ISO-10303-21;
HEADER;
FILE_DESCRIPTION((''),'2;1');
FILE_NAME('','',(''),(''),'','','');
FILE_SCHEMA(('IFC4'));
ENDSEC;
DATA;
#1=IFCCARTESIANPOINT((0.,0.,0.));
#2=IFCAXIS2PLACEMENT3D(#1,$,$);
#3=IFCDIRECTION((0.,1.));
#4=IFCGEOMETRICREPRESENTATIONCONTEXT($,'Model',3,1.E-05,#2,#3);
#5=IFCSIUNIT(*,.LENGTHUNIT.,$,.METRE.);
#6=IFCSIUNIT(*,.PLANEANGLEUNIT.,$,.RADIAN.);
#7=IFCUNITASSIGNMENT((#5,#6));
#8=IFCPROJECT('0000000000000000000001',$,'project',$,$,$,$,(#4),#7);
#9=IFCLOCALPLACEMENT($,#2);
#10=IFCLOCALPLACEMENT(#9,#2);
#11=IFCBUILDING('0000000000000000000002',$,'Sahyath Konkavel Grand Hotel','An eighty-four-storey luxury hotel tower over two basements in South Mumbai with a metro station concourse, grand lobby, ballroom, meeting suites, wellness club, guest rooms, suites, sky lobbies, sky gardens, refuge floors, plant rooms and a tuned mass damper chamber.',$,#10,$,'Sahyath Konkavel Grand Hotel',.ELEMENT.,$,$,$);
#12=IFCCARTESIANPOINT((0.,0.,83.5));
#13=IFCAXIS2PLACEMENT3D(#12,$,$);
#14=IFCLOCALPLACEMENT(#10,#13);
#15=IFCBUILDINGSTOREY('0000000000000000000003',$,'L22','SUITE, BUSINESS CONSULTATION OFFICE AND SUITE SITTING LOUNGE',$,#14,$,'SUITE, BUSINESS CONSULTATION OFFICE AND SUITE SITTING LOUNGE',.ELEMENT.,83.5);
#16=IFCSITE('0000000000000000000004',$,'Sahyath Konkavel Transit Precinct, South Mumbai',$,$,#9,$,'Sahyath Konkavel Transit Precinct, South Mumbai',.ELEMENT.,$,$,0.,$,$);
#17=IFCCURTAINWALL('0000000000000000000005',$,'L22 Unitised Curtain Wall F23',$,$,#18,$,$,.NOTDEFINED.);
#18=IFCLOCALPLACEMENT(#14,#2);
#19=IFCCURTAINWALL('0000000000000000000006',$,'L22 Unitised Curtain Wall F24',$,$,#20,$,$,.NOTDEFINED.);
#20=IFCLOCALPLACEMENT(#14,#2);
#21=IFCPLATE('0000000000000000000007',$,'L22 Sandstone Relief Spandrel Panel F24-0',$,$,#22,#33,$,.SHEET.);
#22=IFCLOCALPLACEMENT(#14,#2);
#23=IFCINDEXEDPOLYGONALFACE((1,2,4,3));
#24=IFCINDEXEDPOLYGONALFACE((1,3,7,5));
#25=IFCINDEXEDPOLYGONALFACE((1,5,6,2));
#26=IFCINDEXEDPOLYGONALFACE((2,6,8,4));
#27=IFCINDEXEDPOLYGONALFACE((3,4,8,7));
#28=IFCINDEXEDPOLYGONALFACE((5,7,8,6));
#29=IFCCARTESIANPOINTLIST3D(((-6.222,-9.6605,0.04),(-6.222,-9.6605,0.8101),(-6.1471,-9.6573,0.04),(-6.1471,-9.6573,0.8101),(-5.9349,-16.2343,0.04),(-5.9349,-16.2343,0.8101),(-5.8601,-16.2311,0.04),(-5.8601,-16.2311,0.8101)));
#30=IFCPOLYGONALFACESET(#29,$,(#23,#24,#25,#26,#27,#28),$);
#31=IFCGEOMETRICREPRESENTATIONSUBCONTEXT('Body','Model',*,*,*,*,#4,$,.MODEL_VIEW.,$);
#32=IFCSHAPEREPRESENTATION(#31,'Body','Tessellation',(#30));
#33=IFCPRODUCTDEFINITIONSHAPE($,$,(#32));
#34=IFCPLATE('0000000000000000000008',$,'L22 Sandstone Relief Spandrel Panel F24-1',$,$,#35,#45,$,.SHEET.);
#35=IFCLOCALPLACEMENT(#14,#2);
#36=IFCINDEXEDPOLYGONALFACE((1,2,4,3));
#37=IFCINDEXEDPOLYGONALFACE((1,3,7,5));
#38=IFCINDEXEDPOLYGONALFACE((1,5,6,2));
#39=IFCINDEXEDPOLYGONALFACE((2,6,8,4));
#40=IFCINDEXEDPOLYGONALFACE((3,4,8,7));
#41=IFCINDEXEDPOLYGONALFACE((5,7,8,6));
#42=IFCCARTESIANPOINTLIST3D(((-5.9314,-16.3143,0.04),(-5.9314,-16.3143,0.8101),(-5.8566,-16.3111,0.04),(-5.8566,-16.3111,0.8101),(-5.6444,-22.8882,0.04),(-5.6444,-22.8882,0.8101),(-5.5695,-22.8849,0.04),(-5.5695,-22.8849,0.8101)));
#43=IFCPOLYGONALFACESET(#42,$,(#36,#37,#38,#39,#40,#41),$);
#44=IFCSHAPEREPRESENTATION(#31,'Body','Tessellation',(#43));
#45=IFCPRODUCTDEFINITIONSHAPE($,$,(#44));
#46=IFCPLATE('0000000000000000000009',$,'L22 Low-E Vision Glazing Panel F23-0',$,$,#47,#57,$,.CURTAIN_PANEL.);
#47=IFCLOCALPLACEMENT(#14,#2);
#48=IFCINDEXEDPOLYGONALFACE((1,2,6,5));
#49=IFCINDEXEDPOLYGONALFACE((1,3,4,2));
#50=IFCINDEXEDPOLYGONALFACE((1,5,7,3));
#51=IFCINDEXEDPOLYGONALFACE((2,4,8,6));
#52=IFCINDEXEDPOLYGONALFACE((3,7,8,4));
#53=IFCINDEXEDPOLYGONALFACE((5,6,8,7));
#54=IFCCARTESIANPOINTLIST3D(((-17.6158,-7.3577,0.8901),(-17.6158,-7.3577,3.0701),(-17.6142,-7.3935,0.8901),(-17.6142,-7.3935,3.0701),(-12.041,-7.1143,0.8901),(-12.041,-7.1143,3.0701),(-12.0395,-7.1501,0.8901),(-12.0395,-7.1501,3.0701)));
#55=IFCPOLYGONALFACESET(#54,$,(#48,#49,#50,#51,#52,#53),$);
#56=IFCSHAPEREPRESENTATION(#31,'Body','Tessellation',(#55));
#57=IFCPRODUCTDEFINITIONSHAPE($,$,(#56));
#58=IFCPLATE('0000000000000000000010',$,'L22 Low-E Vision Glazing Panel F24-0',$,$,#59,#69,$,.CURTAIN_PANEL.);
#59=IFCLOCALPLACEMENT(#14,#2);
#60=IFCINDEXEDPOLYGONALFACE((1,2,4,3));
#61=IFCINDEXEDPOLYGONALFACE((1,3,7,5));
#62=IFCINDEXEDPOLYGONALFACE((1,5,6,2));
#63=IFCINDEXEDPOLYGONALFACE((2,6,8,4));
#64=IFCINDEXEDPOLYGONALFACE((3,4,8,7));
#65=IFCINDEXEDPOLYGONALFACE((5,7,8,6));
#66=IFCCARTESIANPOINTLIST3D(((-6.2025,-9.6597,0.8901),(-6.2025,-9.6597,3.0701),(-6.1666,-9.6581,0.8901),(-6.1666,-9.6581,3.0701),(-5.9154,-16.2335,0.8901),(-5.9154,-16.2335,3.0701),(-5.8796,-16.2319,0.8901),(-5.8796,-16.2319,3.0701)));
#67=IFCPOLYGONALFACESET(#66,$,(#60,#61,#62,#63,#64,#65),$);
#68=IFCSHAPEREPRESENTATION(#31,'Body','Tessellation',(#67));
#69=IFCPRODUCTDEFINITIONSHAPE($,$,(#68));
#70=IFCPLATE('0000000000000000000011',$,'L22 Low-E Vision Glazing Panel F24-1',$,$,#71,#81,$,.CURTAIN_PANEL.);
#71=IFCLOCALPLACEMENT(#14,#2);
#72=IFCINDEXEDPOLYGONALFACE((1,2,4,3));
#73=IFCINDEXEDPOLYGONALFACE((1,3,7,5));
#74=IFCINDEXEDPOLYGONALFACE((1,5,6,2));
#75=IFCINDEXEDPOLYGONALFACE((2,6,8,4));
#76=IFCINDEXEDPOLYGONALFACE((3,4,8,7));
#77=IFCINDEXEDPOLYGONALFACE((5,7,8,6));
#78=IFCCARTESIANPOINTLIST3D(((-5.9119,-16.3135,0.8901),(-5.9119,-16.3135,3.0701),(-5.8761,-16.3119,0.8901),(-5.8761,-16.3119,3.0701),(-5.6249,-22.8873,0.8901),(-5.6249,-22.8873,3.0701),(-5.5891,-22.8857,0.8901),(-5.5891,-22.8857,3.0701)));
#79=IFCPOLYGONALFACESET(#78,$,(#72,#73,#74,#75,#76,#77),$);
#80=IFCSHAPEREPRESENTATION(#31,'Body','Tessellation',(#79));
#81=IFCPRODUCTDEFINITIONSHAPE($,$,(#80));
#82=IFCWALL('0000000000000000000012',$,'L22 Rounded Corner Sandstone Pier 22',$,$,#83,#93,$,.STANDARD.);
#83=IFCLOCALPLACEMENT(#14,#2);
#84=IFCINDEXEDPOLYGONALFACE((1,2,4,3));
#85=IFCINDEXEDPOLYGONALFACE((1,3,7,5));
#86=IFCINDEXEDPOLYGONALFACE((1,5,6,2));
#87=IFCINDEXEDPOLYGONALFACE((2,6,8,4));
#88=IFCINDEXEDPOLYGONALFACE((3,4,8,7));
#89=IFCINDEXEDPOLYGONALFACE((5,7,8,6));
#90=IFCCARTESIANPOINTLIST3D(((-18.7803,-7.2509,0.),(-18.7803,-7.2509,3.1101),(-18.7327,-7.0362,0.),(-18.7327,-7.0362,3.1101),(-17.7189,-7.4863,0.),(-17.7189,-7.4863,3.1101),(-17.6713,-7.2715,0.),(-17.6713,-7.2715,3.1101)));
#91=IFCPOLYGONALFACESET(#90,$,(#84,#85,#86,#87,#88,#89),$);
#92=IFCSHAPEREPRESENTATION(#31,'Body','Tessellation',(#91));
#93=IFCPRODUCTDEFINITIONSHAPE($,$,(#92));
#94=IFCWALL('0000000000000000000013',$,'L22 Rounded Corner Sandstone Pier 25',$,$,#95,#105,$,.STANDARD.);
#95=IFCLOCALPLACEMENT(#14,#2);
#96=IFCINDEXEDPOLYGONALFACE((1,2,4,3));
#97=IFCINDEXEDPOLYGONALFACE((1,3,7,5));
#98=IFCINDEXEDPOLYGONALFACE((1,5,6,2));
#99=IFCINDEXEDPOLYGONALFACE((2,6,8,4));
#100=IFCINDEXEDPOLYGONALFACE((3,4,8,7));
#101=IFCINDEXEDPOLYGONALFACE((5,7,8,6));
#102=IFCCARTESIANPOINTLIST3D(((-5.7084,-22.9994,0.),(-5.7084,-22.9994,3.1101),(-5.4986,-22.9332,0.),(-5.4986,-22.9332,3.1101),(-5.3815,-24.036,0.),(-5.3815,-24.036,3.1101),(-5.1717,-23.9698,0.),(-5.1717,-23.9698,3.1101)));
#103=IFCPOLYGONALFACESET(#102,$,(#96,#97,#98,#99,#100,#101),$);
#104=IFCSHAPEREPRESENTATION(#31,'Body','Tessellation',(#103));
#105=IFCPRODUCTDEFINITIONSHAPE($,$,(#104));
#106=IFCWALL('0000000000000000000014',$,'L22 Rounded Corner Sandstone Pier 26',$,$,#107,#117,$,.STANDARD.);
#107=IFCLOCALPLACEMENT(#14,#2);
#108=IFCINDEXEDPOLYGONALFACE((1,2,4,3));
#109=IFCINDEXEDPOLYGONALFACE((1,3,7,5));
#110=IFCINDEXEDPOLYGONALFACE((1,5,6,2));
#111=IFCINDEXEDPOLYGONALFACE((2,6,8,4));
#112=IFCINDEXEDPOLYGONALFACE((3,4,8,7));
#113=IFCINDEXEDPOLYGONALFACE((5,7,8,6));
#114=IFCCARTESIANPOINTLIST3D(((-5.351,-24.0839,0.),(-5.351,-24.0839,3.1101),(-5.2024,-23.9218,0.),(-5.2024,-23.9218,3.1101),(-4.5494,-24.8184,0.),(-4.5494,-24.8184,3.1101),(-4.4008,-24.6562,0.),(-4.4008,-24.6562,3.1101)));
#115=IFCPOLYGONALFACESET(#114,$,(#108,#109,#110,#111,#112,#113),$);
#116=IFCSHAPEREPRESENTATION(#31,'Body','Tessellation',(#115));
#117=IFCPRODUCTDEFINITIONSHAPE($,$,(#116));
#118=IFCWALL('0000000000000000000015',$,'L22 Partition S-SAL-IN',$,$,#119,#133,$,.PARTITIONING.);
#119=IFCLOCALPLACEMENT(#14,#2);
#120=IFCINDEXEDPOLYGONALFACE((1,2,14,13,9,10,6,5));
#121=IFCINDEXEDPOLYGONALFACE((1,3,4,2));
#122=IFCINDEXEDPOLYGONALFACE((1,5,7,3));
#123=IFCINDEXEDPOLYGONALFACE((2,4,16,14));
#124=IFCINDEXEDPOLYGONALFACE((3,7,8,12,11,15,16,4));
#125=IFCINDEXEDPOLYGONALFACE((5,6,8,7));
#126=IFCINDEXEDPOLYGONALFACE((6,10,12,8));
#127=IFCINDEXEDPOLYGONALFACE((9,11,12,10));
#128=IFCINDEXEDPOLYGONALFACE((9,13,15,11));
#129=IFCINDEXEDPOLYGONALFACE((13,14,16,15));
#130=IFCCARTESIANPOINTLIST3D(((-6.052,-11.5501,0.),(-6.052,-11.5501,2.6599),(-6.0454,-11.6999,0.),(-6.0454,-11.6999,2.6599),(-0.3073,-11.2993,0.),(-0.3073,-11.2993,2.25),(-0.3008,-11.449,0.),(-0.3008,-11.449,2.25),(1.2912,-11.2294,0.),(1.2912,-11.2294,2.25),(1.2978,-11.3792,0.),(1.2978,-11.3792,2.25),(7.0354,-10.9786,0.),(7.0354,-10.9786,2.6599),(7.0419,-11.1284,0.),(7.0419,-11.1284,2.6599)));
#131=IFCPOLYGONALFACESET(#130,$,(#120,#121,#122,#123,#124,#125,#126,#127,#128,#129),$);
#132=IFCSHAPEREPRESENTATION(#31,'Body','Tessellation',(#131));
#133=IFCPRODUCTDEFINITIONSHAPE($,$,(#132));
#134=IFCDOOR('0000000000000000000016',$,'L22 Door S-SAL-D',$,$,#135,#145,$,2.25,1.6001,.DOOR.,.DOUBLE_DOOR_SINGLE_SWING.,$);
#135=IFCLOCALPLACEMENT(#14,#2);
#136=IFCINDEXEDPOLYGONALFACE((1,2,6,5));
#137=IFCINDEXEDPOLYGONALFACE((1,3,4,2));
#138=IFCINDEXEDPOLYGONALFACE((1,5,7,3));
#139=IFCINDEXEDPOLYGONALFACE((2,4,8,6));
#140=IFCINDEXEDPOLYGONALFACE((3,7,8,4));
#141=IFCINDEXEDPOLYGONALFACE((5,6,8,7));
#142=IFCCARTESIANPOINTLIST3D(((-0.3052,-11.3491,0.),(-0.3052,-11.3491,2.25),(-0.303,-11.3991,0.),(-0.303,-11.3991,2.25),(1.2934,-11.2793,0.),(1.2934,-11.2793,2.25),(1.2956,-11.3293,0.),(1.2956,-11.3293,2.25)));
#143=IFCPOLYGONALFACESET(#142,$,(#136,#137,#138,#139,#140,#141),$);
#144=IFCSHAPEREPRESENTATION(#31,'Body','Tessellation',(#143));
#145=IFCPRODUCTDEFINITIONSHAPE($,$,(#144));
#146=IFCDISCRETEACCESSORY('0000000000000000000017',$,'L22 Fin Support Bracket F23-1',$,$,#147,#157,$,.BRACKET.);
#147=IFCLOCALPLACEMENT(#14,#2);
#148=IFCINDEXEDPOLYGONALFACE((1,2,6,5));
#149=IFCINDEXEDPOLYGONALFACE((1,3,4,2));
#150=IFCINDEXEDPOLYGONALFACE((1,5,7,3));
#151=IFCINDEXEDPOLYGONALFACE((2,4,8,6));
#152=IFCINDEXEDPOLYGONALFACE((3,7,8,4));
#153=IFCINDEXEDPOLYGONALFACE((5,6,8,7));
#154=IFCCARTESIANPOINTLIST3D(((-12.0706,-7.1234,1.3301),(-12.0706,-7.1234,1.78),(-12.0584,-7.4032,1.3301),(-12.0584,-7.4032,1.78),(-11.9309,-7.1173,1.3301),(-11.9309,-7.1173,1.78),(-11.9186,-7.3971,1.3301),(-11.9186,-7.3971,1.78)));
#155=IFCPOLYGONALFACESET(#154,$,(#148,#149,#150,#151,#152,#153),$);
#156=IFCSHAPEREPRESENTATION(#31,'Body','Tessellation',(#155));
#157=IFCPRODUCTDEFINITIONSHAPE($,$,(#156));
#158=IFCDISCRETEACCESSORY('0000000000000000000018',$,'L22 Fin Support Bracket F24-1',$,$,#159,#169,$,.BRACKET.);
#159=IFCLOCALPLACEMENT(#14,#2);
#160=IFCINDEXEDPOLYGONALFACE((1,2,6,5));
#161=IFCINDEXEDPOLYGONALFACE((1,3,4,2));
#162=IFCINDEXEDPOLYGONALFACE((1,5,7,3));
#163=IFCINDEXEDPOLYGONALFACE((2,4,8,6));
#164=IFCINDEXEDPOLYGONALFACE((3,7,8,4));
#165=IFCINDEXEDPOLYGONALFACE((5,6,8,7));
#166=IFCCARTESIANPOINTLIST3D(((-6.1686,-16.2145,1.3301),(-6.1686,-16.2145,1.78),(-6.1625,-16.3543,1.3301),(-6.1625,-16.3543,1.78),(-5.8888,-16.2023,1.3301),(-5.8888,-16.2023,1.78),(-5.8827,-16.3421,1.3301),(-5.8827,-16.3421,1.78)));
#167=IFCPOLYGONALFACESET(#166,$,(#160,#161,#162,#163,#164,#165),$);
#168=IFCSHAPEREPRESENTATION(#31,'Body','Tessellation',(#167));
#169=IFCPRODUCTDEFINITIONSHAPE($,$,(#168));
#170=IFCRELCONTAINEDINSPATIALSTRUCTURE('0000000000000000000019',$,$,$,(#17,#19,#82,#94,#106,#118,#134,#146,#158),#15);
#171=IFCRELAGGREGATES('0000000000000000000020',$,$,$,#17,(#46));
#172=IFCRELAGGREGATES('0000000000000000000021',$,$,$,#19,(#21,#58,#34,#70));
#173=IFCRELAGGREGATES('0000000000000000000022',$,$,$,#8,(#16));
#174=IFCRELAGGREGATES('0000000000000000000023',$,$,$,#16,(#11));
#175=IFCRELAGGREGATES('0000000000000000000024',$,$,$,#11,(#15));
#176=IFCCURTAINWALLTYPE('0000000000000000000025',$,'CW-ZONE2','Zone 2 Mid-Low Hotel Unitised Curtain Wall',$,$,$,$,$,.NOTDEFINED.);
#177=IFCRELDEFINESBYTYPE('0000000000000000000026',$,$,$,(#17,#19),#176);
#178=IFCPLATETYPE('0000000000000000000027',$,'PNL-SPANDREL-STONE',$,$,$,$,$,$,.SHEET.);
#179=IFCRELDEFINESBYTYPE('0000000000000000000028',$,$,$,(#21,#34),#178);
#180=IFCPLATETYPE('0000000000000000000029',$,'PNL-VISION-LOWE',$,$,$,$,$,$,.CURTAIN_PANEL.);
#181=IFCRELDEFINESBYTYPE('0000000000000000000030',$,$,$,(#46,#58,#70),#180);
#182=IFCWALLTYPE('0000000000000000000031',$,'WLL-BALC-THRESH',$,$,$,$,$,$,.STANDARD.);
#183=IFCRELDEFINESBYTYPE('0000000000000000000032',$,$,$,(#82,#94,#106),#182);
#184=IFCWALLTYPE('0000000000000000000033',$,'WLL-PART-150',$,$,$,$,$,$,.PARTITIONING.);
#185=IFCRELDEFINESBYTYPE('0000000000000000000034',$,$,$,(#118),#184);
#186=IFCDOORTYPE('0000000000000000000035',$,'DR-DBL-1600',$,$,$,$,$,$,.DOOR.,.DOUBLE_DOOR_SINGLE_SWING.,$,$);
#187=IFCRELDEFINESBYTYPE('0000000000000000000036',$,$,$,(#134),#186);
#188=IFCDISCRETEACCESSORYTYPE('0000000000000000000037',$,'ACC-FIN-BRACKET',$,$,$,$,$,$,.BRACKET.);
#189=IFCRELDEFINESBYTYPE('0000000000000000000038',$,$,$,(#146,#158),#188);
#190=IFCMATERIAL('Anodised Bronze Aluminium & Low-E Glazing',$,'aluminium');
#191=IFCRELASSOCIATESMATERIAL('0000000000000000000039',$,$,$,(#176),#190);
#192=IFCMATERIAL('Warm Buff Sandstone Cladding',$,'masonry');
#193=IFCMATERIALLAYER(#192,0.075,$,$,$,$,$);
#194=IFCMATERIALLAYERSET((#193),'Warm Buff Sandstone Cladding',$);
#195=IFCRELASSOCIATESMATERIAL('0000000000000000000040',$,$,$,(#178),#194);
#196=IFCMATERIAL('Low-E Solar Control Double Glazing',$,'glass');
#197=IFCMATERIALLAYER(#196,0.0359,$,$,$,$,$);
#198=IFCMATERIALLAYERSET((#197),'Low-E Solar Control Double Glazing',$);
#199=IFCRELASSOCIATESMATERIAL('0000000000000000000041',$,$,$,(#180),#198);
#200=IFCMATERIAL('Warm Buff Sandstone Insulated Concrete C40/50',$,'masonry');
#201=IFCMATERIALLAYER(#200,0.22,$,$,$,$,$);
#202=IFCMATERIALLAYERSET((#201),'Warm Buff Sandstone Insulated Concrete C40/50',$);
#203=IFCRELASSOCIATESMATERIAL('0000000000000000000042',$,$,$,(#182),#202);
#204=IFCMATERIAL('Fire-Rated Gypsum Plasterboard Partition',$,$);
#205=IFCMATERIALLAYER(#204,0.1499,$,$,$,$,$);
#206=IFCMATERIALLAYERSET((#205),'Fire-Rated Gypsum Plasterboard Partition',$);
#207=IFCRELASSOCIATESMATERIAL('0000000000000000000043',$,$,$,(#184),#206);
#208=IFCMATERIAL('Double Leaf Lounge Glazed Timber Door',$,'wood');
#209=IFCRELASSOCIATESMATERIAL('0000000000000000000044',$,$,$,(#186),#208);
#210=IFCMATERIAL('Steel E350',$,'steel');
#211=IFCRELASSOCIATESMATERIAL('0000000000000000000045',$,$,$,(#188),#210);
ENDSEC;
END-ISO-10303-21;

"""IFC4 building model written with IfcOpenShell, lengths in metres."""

from ifc_helpers import new_model, si_unit, direction, frame, frame_2d, origin, origin_2d, place, context, subcontext, project, spatial, rectangle, extrude, source, transform, mapped, material, layer, layer_set, type_object, element, fill, aggregate, save


model = new_model("IFC4")

# Units and contexts
model_context = context("Model", 3, precision=1e-05, world=origin(), true_north=direction((0.0, 1.0)))
body_context = subcontext(model_context, "Body", "Model", "MODEL_VIEW")
ifc_project = project(units=[si_unit("LENGTHUNIT", "METRE"), si_unit("PLANEANGLEUNIT", "RADIAN")], contexts=[model_context])

# Site, building, storey
site_placement = place(None, origin())
site = spatial("IfcSite", under=ifc_project, at=site_placement, Name="Sahyath Konkavel Transit Precinct, South Mumbai", LongName="Sahyath Konkavel Transit Precinct, South Mumbai", CompositionType="ELEMENT", RefElevation=0.0)
building_placement = place(site_placement, origin())
building = spatial("IfcBuilding", under=site, at=building_placement, Name="Sahyath Konkavel Grand Hotel", Description="An eighty-four-storey luxury hotel tower over two basements in South Mumbai with a metro station concourse, grand lobby, ballroom, meeting suites, wellness club, guest rooms, suites, sky lobbies, sky gardens, refuge floors, plant rooms and a tuned mass damper chamber.", LongName="Sahyath Konkavel Grand Hotel", CompositionType="ELEMENT")
storey_placement = place(building_placement, frame((0.0, 0.0, 83.5)))
storey = spatial("IfcBuildingStorey", under=building, at=storey_placement, Name="L22", Description="SUITE, BUSINESS CONSULTATION OFFICE AND SUITE SITTING LOUNGE", LongName="SUITE, BUSINESS CONSULTATION OFFICE AND SUITE SITTING LOUNGE", CompositionType="ELEMENT", Elevation=83.5)

# Curtain walls
ifc_material_1 = material(Name="Anodised Bronze Aluminium & Low-E Glazing", Category="aluminium")
curtain_wall_type = type_object("IfcCurtainWallType", Name="CW-ZONE2", Description="Zone 2 Mid-Low Hotel Unitised Curtain Wall", PredefinedType="NOTDEFINED", material=ifc_material_1)
curtain_wall_1_placement = place(storey_placement, origin())
curtain_wall_1 = element("IfcCurtainWall", 1, at=curtain_wall_1_placement, inside=storey, type_object=curtain_wall_type, Name="L22 Unitised Curtain Wall F23", PredefinedType="NOTDEFINED")
curtain_wall_2_placement = place(storey_placement, origin())
curtain_wall_2 = element("IfcCurtainWall", 2, at=curtain_wall_2_placement, inside=storey, type_object=curtain_wall_type, Name="L22 Unitised Curtain Wall F24", PredefinedType="NOTDEFINED")

# Plates
ifc_material_2 = material(Name="Warm Buff Sandstone Cladding", Category="masonry")
ifc_layer_1 = layer(ifc_material_2, 0.075)
ifc_layer_set_1 = layer_set([ifc_layer_1], Name="Warm Buff Sandstone Cladding")
plate_type_1 = type_object("IfcPlateType", Name="PNL-SPANDREL-STONE", PredefinedType="SHEET", material=ifc_layer_set_1)
shared_shape_1 = source(origin(), body_context, "Body", "SweptSolid", [
    extrude(rectangle(XDim=6.5801, YDim=0.075, at=origin_2d()), origin(), (0.0, 0.0, 1.0), 0.77),
])
plate_1_placement = place(storey_placement, frame((-6.041, -12.9458, 0.04), z_axis=(0.0, 0.0, 1.0), x_axis=(0.043619, -0.999048, 0.0)))
plate_1 = element("IfcPlate", 3, at=plate_1_placement, type_object=plate_type_1, Name="L22 Sandstone Relief Spandrel Panel F24-0", PredefinedType="SHEET", context=body_context, shape_type="MappedRepresentation", body=[
    mapped(shared_shape_1, transform((0.0, 0.0, 0.0), scale=1.0)),
])
plate_2_placement = place(storey_placement, frame((-5.7505, -19.5996, 0.04), z_axis=(0.0, 0.0, 1.0), x_axis=(0.043619, -0.999048, 0.0)))
plate_2 = element("IfcPlate", 4, at=plate_2_placement, type_object=plate_type_1, Name="L22 Sandstone Relief Spandrel Panel F24-1", PredefinedType="SHEET", context=body_context, shape_type="MappedRepresentation", body=[
    mapped(shared_shape_1, transform((0.0, 0.0, 0.0), scale=1.0)),
])
ifc_material_3 = material(Name="Low-E Solar Control Double Glazing", Category="glass")
ifc_layer_2 = layer(ifc_material_3, 0.0359)
ifc_layer_set_2 = layer_set([ifc_layer_2], Name="Low-E Solar Control Double Glazing")
plate_type_2 = type_object("IfcPlateType", Name="PNL-VISION-LOWE", PredefinedType="CURTAIN_PANEL", material=ifc_layer_set_2)
shared_shape_2 = source(origin(), body_context, "Body", "SweptSolid", [
    extrude(rectangle(XDim=5.5801, YDim=0.0359, at=origin_2d()), origin(), (0.0, 0.0, 1.0), 2.1799),
])
plate_3_placement = place(storey_placement, frame((-14.8276, -7.2539, 0.8901), z_axis=(0.0, 0.0, 1.0), x_axis=(0.999048, 0.043619, 0.0)))
plate_3 = element("IfcPlate", 5, at=plate_3_placement, type_object=plate_type_2, Name="L22 Low-E Vision Glazing Panel F23-0", PredefinedType="CURTAIN_PANEL", context=body_context, shape_type="MappedRepresentation", body=[
    mapped(shared_shape_2, transform((0.0, 0.0, 0.0), scale=1.0)),
])
aggregate(curtain_wall_1, [plate_3])
shared_shape_3 = source(origin(), body_context, "Body", "SweptSolid", [
    extrude(rectangle(XDim=6.5801, YDim=0.0359, at=origin_2d()), origin(), (0.0, 0.0, 1.0), 2.1799),
])
plate_4_placement = place(storey_placement, frame((-6.041, -12.9458, 0.8901), z_axis=(0.0, 0.0, 1.0), x_axis=(0.043619, -0.999048, 0.0)))
plate_4 = element("IfcPlate", 6, at=plate_4_placement, type_object=plate_type_2, Name="L22 Low-E Vision Glazing Panel F24-0", PredefinedType="CURTAIN_PANEL", context=body_context, shape_type="MappedRepresentation", body=[
    mapped(shared_shape_3, transform((0.0, 0.0, 0.0), scale=1.0)),
])
plate_5_placement = place(storey_placement, frame((-5.7505, -19.5996, 0.8901), z_axis=(0.0, 0.0, 1.0), x_axis=(0.043619, -0.999048, 0.0)))
plate_5 = element("IfcPlate", 7, at=plate_5_placement, type_object=plate_type_2, Name="L22 Low-E Vision Glazing Panel F24-1", PredefinedType="CURTAIN_PANEL", context=body_context, shape_type="MappedRepresentation", body=[
    mapped(shared_shape_3, transform((0.0, 0.0, 0.0), scale=1.0)),
])
aggregate(curtain_wall_2, [plate_1, plate_4, plate_2, plate_5])

# Walls
ifc_material_4 = material(Name="Warm Buff Sandstone Insulated Concrete C40/50", Category="masonry")
ifc_layer_3 = layer(ifc_material_4, 0.22)
ifc_layer_set_3 = layer_set([ifc_layer_3], Name="Warm Buff Sandstone Insulated Concrete C40/50")
wall_type_1 = type_object("IfcWallType", Name="WLL-BALC-THRESH", PredefinedType="STANDARD", material=ifc_layer_set_3)
wall_1_placement = place(storey_placement, frame((-18.7563, -7.1436, 0.0), z_axis=(0.0, 0.0, 1.0), x_axis=(0.976282, -0.216502, 0.0)))
element("IfcWall", 8, at=wall_1_placement, inside=storey, type_object=wall_type_1, Name="L22 Rounded Corner Sandstone Pier 22", PredefinedType="STANDARD", context=body_context, shape_type="SweptSolid", body=[
    extrude(rectangle(XDim=1.0872, YDim=0.22, at=frame_2d((0.5435, 0.0))), origin(), (0.0, 0.0, 1.0), 3.1101),
])
wall_2_placement = place(storey_placement, frame((-5.6035, -22.9663, 0.0), z_axis=(0.0, 0.0, 1.0), x_axis=(0.300755, -0.953701, 0.0)))
element("IfcWall", 9, at=wall_2_placement, inside=storey, type_object=wall_type_1, Name="L22 Rounded Corner Sandstone Pier 25", PredefinedType="STANDARD", context=body_context, shape_type="SweptSolid", body=[
    extrude(rectangle(XDim=1.0869, YDim=0.22, at=frame_2d((0.5435, 0.0))), origin(), (0.0, 0.0, 1.0), 3.1101),
])
wall_3_placement = place(storey_placement, frame((-5.2766, -24.0029, 0.0), z_axis=(0.0, 0.0, 1.0), x_axis=(0.737313, -0.675552, 0.0)))
element("IfcWall", 10, at=wall_3_placement, inside=storey, type_object=wall_type_1, Name="L22 Rounded Corner Sandstone Pier 26", PredefinedType="STANDARD", context=body_context, shape_type="SweptSolid", body=[
    extrude(rectangle(XDim=1.0872, YDim=0.22, at=frame_2d((0.5435, 0.0))), origin(), (0.0, 0.0, 1.0), 3.1101),
])

# Wall, opening, door
ifc_material_5 = material(Name="Fire-Rated Gypsum Plasterboard Partition")
ifc_layer_4 = layer(ifc_material_5, 0.1499)
ifc_layer_set_4 = layer_set([ifc_layer_4], Name="Fire-Rated Gypsum Plasterboard Partition")
wall_type_2 = type_object("IfcWallType", Name="WLL-PART-150", PredefinedType="PARTITIONING", material=ifc_layer_set_4)
wall_4_placement = place(storey_placement, frame((-6.0486, -11.625, 0.0), z_axis=(0.0, 0.0, 1.0), x_axis=(0.999048, 0.043629, 0.0)))
wall_4 = element("IfcWall", 11, at=wall_4_placement, inside=storey, type_object=wall_type_2, Name="L22 Partition S-SAL-IN", PredefinedType="PARTITIONING", context=body_context, shape_type="SweptSolid", body=[
    extrude(rectangle(XDim=13.0999, YDim=0.1499, at=frame_2d((6.5498, 0.0))), origin(), (0.0, 0.0, 1.0), 2.6599),
])
opening_placement = place(wall_4_placement, frame((5.75, 0.0, 0.0)))
opening = element("IfcOpeningElement", 12, at=opening_placement, cuts=wall_4, PredefinedType="OPENING", context=body_context, shape_type="SweptSolid", body=[
    extrude(rectangle(XDim=1.6001, YDim=2.25, at=frame_2d((0.8, 1.125))), frame((0.0, 0.085, 0.0), z_axis=(0.0, -1.0, 0.0), x_axis=(1.0, 0.0, 0.0)), (0.0, 0.0, 1.0), 0.1699),
])
ifc_material_6 = material(Name="Double Leaf Lounge Glazed Timber Door", Category="wood")
door_type = type_object("IfcDoorType", Name="DR-DBL-1600", OperationType="DOUBLE_DOOR_SINGLE_SWING", PredefinedType="DOOR", material=ifc_material_6)
shared_shape_4 = source(origin(), body_context, "Body", "SweptSolid", [
    extrude(rectangle(XDim=1.6001, YDim=0.05, at=origin_2d()), origin(), (0.0, 0.0, 1.0), 2.25),
])
door_placement = place(opening_placement, frame((0.8, 0.0, 0.0)))
door = element("IfcDoor", 13, at=door_placement, inside=storey, type_object=door_type, Name="L22 Door S-SAL-D", OperationType="DOUBLE_DOOR_SINGLE_SWING", OverallHeight=2.25, OverallWidth=1.6001, PredefinedType="DOOR", context=body_context, shape_type="MappedRepresentation", body=[
    mapped(shared_shape_4, transform((0.0, 0.0, 0.0), scale=1.0)),
])
fill(opening, door)

# Discrete accessories
ifc_material_7 = material(Name="Steel E350", Category="steel")
discrete_accessory_type = type_object("IfcDiscreteAccessoryType", Name="ACC-FIN-BRACKET", PredefinedType="BRACKET", material=ifc_material_7)
shared_shape_5 = source(origin(), body_context, "Body", "SweptSolid", [
    extrude(rectangle(XDim=0.28, YDim=0.1399, at=origin_2d()), origin(), (0.0, 0.0, 1.0), 0.45),
])
for number, where, z_axis, x_axis, name in (
    (14, (-11.9946, -7.2603, 1.3301), (0.0, 0.0, 1.0), (0.043619, -0.999048, 0.0), "L22 Fin Support Bracket F23-1"),
    (15, (-6.0256, -16.2783, 1.3301), (0.0, 0.0, 1.0), (-0.999048, -0.043619, 0.0), "L22 Fin Support Bracket F24-1"),
):
    element("IfcDiscreteAccessory", number, at=place(storey_placement, frame(where, z_axis=z_axis, x_axis=x_axis)), inside=storey, type_object=discrete_accessory_type, Name=name, PredefinedType="BRACKET", context=body_context, shape_type="MappedRepresentation", body=[
        mapped(shared_shape_5, transform((0.0, 0.0, 0.0), scale=1.0)),
    ])

save(model, "model.ifc")
